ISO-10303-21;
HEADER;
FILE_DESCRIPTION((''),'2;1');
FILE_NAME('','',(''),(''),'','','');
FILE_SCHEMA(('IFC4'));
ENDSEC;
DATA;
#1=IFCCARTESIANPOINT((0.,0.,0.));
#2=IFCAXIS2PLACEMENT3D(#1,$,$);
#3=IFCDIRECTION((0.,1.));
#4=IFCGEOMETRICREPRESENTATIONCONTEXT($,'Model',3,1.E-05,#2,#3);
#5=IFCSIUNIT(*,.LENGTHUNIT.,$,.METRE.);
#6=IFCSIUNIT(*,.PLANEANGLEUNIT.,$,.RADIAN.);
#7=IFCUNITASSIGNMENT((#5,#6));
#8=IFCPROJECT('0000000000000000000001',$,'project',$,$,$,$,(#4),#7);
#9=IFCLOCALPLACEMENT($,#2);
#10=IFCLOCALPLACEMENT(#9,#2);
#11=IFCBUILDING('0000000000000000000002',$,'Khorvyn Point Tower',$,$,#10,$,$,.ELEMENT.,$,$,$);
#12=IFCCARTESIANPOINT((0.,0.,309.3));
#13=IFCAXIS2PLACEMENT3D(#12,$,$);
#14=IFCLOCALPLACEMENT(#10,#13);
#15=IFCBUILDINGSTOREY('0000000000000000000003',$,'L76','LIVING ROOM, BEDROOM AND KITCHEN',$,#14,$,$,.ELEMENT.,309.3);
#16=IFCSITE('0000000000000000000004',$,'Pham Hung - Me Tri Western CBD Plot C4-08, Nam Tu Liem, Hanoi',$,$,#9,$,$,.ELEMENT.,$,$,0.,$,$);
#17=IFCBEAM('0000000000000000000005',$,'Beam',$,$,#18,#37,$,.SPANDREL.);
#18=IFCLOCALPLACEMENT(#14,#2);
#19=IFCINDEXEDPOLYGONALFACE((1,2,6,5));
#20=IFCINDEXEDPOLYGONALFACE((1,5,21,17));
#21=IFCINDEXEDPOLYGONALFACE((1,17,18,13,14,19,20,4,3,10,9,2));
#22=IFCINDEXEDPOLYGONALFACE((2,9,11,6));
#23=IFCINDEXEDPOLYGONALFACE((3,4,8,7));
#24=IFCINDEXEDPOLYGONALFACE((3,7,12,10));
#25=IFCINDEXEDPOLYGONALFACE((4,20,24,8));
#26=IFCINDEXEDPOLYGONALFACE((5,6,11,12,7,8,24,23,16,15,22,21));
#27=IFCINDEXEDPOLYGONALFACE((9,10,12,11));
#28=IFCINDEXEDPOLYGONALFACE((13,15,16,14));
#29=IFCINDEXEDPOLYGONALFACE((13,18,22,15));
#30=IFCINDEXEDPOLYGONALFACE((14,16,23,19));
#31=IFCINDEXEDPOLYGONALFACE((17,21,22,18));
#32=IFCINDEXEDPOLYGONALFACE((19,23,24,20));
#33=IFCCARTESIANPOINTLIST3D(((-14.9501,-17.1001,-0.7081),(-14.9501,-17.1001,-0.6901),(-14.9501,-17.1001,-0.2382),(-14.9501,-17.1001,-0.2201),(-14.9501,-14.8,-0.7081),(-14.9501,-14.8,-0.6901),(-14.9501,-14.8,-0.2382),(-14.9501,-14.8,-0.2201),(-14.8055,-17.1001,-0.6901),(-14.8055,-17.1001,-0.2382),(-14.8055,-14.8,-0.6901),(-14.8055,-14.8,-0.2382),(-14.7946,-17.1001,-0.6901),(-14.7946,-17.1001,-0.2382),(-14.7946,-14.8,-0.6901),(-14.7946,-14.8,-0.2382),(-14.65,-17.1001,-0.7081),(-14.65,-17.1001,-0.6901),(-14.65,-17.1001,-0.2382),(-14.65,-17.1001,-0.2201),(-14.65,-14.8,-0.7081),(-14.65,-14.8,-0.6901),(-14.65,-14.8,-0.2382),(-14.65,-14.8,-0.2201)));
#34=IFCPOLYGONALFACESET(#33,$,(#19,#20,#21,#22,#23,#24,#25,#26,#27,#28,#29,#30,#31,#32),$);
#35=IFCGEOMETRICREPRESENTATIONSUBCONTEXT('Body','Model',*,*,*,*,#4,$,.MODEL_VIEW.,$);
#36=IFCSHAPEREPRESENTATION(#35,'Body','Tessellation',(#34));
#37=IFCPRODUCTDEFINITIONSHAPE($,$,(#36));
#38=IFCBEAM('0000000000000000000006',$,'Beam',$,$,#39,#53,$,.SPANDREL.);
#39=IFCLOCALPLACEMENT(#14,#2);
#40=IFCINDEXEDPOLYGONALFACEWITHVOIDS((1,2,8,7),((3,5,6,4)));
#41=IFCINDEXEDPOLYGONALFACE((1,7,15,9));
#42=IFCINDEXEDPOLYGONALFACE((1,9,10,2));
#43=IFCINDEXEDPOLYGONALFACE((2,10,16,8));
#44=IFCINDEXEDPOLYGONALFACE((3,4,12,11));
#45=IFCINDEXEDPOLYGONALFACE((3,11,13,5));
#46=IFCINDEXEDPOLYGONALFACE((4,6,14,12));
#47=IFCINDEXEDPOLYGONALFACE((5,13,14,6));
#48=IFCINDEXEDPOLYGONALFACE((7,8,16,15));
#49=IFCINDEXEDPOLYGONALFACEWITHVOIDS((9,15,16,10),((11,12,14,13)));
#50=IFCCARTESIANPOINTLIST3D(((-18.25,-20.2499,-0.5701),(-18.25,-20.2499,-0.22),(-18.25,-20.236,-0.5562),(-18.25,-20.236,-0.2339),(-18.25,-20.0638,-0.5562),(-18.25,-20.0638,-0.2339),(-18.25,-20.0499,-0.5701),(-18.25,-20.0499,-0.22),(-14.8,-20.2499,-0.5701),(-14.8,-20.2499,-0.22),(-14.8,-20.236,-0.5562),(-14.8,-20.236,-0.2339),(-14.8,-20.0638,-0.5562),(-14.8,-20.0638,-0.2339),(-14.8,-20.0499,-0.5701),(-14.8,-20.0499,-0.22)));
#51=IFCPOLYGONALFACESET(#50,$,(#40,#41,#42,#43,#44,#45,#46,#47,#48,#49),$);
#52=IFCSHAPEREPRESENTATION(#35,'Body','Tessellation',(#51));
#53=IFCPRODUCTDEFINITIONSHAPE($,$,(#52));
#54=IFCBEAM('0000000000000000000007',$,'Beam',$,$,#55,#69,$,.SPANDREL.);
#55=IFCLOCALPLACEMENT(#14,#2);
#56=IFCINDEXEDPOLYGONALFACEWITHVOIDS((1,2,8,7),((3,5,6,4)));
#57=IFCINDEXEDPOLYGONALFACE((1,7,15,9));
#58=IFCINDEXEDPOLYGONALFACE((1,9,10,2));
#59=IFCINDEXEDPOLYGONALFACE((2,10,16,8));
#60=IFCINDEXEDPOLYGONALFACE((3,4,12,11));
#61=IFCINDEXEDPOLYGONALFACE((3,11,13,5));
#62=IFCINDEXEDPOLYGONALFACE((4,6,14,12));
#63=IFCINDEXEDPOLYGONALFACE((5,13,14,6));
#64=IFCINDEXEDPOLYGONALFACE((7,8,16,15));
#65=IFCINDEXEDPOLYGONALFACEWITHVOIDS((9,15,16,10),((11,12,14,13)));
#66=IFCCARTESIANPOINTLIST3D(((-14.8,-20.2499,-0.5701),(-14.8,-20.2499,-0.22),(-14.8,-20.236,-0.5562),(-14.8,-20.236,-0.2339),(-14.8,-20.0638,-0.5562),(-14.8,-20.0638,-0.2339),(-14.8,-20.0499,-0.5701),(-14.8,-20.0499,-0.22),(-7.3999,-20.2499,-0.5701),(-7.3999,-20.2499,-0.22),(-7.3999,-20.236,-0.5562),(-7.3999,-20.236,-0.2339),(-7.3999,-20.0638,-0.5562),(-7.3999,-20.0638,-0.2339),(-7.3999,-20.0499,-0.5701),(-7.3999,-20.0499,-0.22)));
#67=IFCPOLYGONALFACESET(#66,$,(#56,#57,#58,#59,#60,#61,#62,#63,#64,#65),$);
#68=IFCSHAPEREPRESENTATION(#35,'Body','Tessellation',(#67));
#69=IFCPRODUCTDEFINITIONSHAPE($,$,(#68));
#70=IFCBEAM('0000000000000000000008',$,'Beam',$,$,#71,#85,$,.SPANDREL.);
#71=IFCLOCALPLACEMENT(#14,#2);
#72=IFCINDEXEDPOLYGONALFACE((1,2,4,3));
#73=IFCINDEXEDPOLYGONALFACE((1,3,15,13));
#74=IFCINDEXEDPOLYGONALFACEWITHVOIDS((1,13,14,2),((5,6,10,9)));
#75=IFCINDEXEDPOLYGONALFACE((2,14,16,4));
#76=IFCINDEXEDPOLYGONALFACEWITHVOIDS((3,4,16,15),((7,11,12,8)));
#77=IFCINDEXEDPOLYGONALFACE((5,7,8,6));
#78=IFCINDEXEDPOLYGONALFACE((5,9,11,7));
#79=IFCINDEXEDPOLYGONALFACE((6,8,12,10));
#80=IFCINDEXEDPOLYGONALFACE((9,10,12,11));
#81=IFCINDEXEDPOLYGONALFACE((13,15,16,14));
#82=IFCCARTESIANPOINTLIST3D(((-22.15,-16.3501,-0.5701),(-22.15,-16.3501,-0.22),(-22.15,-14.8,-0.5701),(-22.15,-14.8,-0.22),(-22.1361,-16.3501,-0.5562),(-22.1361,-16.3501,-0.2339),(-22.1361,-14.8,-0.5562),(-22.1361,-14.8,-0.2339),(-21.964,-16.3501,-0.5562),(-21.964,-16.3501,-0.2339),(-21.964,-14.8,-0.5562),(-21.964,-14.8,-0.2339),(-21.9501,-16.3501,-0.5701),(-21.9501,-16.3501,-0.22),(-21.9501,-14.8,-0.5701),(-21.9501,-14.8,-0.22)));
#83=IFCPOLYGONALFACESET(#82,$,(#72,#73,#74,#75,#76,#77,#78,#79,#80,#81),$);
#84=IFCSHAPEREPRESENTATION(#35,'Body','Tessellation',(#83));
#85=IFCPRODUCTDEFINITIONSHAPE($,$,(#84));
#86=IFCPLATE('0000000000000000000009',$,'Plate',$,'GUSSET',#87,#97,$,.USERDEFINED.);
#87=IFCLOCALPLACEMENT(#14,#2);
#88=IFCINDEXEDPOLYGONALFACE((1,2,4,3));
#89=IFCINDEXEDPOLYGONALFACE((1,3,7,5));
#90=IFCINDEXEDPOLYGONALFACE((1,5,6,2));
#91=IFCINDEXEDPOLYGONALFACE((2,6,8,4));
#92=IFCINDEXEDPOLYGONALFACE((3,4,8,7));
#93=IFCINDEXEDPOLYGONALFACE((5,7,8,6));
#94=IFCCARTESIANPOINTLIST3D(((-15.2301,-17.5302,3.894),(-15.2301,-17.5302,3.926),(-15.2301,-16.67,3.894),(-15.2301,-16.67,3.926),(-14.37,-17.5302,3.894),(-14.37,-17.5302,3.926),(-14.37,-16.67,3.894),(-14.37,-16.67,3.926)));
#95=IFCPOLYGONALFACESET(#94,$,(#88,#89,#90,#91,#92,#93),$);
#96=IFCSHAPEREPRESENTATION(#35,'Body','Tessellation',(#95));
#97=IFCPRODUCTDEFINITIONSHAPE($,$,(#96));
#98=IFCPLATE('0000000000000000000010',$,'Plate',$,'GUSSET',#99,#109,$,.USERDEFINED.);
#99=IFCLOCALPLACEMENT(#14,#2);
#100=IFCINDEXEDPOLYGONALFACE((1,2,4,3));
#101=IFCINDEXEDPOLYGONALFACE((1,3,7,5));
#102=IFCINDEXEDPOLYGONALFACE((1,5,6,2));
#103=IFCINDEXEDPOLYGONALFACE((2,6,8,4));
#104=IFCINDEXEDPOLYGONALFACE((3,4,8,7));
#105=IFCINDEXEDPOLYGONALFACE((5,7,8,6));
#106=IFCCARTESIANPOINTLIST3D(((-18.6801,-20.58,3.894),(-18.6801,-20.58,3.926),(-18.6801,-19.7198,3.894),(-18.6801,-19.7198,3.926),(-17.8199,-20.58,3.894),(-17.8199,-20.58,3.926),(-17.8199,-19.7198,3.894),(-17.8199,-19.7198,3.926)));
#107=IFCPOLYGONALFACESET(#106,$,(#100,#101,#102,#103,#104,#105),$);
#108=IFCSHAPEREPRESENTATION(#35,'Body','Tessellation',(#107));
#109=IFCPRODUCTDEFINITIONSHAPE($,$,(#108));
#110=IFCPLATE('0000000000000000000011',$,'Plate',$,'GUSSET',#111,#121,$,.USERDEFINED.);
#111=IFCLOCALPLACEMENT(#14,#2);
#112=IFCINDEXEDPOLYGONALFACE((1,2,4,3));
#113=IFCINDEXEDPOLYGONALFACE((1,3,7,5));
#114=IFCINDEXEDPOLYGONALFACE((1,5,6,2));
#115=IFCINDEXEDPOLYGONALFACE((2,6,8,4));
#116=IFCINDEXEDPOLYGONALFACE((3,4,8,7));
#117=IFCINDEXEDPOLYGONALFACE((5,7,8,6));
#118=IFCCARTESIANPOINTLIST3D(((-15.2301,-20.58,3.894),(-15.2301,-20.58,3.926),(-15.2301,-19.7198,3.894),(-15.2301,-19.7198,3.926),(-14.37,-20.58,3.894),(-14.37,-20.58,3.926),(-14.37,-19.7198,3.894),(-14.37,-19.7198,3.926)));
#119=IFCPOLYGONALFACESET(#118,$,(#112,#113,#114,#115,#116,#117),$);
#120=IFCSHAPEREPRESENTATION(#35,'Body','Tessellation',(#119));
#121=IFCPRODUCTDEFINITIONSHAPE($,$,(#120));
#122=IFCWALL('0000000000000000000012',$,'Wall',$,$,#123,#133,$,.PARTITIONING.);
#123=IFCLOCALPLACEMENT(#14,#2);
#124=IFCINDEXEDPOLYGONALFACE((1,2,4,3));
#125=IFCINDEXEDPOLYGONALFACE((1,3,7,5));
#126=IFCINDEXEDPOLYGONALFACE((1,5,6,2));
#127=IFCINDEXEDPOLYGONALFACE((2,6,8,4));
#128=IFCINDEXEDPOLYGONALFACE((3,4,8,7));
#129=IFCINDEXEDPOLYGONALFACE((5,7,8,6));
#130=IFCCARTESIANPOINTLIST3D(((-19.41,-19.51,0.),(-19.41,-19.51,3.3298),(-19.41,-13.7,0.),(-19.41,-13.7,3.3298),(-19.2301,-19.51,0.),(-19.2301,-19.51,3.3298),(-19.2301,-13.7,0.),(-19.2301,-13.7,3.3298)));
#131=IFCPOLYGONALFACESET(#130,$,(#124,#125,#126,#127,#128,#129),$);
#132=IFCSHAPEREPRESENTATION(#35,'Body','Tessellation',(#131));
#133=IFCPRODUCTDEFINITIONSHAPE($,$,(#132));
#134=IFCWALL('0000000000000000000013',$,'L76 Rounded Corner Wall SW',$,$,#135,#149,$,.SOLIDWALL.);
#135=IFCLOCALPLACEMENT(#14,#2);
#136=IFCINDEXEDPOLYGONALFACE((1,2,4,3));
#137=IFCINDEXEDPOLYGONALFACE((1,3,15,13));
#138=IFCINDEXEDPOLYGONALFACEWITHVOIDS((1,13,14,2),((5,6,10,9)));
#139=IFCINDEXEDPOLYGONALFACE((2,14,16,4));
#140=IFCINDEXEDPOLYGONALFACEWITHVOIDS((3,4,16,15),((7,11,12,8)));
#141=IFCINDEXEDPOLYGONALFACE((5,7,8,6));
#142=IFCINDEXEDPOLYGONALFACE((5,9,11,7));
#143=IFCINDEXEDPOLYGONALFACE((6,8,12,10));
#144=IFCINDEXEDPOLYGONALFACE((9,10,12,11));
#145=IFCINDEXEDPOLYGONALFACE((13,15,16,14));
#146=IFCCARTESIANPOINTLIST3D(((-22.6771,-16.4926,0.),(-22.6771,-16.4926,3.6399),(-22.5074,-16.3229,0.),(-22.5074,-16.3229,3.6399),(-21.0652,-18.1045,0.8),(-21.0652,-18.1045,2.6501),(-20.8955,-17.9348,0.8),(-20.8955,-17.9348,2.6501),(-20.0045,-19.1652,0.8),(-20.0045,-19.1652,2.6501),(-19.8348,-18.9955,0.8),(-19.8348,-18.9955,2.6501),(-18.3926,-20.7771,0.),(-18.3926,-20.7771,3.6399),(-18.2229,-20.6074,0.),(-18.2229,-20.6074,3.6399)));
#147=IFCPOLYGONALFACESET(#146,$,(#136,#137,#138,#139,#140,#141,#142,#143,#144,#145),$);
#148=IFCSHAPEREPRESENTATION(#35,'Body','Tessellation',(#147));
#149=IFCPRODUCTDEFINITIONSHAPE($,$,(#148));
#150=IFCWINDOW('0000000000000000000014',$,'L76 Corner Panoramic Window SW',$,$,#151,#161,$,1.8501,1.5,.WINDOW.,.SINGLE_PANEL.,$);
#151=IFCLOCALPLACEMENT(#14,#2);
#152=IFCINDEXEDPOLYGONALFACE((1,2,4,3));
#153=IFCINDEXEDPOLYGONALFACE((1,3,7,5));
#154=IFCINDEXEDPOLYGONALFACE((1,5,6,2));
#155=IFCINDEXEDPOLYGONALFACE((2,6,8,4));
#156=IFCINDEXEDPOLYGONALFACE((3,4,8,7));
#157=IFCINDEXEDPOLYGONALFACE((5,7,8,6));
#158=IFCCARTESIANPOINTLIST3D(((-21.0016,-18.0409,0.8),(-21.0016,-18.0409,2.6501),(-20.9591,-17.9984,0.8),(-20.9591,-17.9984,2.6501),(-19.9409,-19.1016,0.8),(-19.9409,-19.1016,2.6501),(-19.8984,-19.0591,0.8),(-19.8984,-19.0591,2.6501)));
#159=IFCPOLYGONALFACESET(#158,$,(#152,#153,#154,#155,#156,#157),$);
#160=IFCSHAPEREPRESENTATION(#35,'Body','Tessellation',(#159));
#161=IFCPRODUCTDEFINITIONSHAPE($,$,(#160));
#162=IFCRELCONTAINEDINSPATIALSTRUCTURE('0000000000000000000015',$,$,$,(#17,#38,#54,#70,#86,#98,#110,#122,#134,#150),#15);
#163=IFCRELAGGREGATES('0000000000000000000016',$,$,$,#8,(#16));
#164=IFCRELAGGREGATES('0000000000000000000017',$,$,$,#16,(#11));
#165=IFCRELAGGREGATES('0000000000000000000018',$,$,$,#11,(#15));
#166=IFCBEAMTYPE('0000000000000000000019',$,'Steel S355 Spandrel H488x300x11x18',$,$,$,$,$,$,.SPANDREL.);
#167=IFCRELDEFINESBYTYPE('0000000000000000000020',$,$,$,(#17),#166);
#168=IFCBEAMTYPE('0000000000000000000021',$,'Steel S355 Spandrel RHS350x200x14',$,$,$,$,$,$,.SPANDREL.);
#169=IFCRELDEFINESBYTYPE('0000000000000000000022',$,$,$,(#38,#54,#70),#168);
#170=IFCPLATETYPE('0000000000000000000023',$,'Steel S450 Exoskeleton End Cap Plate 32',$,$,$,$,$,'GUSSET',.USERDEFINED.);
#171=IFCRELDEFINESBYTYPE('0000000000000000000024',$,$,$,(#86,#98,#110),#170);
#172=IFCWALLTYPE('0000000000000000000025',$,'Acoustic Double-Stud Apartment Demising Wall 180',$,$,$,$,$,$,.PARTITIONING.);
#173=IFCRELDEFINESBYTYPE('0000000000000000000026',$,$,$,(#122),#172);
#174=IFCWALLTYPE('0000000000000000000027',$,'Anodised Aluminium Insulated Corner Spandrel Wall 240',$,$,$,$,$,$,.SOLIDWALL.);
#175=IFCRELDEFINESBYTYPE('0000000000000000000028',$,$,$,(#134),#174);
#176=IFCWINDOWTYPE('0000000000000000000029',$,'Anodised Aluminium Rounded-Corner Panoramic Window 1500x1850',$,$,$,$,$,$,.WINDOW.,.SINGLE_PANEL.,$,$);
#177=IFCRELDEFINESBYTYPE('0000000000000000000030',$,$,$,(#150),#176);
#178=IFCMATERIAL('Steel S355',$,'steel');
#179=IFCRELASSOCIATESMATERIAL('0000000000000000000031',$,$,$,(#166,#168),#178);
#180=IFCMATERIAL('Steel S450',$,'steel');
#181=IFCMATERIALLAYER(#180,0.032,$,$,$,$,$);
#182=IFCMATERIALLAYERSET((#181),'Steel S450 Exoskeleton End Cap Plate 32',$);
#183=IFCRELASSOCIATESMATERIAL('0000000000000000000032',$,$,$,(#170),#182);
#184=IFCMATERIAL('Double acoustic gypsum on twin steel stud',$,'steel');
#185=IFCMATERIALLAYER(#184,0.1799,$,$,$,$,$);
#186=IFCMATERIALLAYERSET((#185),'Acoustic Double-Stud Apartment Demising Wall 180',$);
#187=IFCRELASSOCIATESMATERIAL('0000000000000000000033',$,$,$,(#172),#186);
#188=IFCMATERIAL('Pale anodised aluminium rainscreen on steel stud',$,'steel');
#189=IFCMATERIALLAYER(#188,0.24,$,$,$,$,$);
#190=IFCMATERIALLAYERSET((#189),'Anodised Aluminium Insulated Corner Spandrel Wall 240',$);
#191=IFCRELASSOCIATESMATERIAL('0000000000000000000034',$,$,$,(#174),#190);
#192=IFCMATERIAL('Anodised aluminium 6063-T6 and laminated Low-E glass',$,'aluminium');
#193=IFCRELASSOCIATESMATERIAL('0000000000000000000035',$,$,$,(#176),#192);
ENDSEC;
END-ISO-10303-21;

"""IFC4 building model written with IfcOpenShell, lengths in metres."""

from ifc_helpers import new_model, si_unit, direction, frame, frame_2d, origin, origin_2d, place, context, subcontext, project, spatial, rectangle, hollow_rectangle, i_section, extrude, material, layer, layer_set, material_profile, profile_set, type_object, element, fill, save


model = new_model("IFC4")

# Units and contexts
model_context = context("Model", 3, precision=1e-05, world=origin(), true_north=direction((0.0, 1.0)))
body_context = subcontext(model_context, "Body", "Model", "MODEL_VIEW")
ifc_project = project(units=[si_unit("LENGTHUNIT", "METRE"), si_unit("PLANEANGLEUNIT", "RADIAN")], contexts=[model_context])

# Site, building, storey
site_placement = place(None, origin())
site = spatial("IfcSite", under=ifc_project, at=site_placement, Name="Pham Hung - Me Tri Western CBD Plot C4-08, Nam Tu Liem, Hanoi", CompositionType="ELEMENT", RefElevation=0.0)
building_placement = place(site_placement, origin())
building = spatial("IfcBuilding", under=site, at=building_placement, Name="Khorvyn Point Tower", CompositionType="ELEMENT")
storey_placement = place(building_placement, frame((0.0, 0.0, 309.3)))
storey = spatial("IfcBuildingStorey", under=building, at=storey_placement, Name="L76", Description="LIVING ROOM, BEDROOM AND KITCHEN", CompositionType="ELEMENT", Elevation=309.3)

# Shared definitions
ifc_material_1 = material(Name="Steel S355", Category="steel")
ifc_material_2 = material(Name="Steel S450", Category="steel")

# Shared definitions
ifc_material_3 = material(Name="Anodised aluminium 6063-T6 and laminated Low-E glass", Category="aluminium")

# Beams
ifc_material_profile_1 = material_profile(ifc_material_1, i_section(OverallWidth=0.3, OverallDepth=0.488, WebThickness=0.011, FlangeThickness=0.0181, at=origin_2d()))
ifc_profile_set_1 = profile_set([ifc_material_profile_1], Name="Steel S355 H488x300x11x18")
beam_type_1 = type_object("IfcBeamType", Name="Steel S355 Spandrel H488x300x11x18", PredefinedType="SPANDREL", material=ifc_profile_set_1)
beam_1_placement = place(storey_placement, frame((-14.8, -17.1001, -0.4641), z_axis=(0.0, 1.0, 0.0), x_axis=(-1.0, 0.0, 0.0)))
element("IfcBeam", 1, at=beam_1_placement, inside=storey, type_object=beam_type_1, Name="Beam", PredefinedType="SPANDREL", context=body_context, shape_type="SweptSolid", body=[
    extrude(i_section(OverallWidth=0.3, OverallDepth=0.488, WebThickness=0.011, FlangeThickness=0.0181, at=origin_2d()), origin(), (0.0, 0.0, 1.0), 2.3),
])
ifc_material_profile_2 = material_profile(ifc_material_1, hollow_rectangle(XDim=0.2, YDim=0.3501, WallThickness=0.0139, at=origin_2d()))
ifc_profile_set_2 = profile_set([ifc_material_profile_2], Name="Steel S355 RHS350x200x14")
beam_type_2 = type_object("IfcBeamType", Name="Steel S355 Spandrel RHS350x200x14", PredefinedType="SPANDREL", material=ifc_profile_set_2)
beam_2_placement = place(storey_placement, frame((-18.25, -20.1499, -0.395), z_axis=(1.0, 0.0, 0.0), x_axis=(0.0, 1.0, 0.0)))
element("IfcBeam", 2, at=beam_2_placement, inside=storey, type_object=beam_type_2, Name="Beam", PredefinedType="SPANDREL", context=body_context, shape_type="SweptSolid", body=[
    extrude(hollow_rectangle(XDim=0.2, YDim=0.3501, WallThickness=0.0139, at=origin_2d()), origin(), (0.0, 0.0, 1.0), 3.45),
])
beam_3_placement = place(storey_placement, frame((-14.8, -20.1499, -0.395), z_axis=(1.0, 0.0, 0.0), x_axis=(0.0, 1.0, 0.0)))
element("IfcBeam", 3, at=beam_3_placement, inside=storey, type_object=beam_type_2, Name="Beam", PredefinedType="SPANDREL", context=body_context, shape_type="SweptSolid", body=[
    extrude(hollow_rectangle(XDim=0.2, YDim=0.3501, WallThickness=0.0139, at=origin_2d()), origin(), (0.0, 0.0, 1.0), 7.4001),
])
beam_4_placement = place(storey_placement, frame((-22.05, -16.3501, -0.395), z_axis=(0.0, 1.0, 0.0), x_axis=(-1.0, 0.0, 0.0)))
element("IfcBeam", 4, at=beam_4_placement, inside=storey, type_object=beam_type_2, Name="Beam", PredefinedType="SPANDREL", context=body_context, shape_type="SweptSolid", body=[
    extrude(hollow_rectangle(XDim=0.2, YDim=0.3501, WallThickness=0.0139, at=origin_2d()), origin(), (0.0, 0.0, 1.0), 1.55),
])

# Plates
ifc_layer_1 = layer(ifc_material_2, 0.032)
ifc_layer_set_1 = layer_set([ifc_layer_1], Name="Steel S450 Exoskeleton End Cap Plate 32")
plate_type = type_object("IfcPlateType", Name="Steel S450 Exoskeleton End Cap Plate 32", ElementType="GUSSET", PredefinedType="USERDEFINED", material=ifc_layer_set_1)
for number, where, z_axis, x_axis, name in (
    (5, (-14.8, -17.1001, 3.894), (0.0, 0.0, 1.0), (1.0, 0.0, 0.0), "Plate"),
    (6, (-18.25, -20.1499, 3.894), (0.0, 0.0, 1.0), (1.0, 0.0, 0.0), "Plate"),
    (7, (-14.8, -20.1499, 3.894), (0.0, 0.0, 1.0), (1.0, 0.0, 0.0), "Plate"),
):
    element("IfcPlate", number, at=place(storey_placement, frame(where, z_axis=z_axis, x_axis=x_axis)), inside=storey, type_object=plate_type, Name=name, ObjectType="GUSSET", PredefinedType="USERDEFINED", context=body_context, shape_type="SweptSolid", body=[
        extrude(rectangle(XDim=0.8601, YDim=0.8601, at=origin_2d()), origin(), (0.0, 0.0, 1.0), 0.032),
    ])

# Wall
ifc_material_4 = material(Name="Double acoustic gypsum on twin steel stud", Category="steel")
ifc_layer_2 = layer(ifc_material_4, 0.1799)
ifc_layer_set_2 = layer_set([ifc_layer_2], Name="Acoustic Double-Stud Apartment Demising Wall 180")
wall_type_1 = type_object("IfcWallType", Name="Acoustic Double-Stud Apartment Demising Wall 180", PredefinedType="PARTITIONING", material=ifc_layer_set_2)
wall_1_placement = place(storey_placement, frame((-19.3201, -19.51, 0.0), z_axis=(0.0, 0.0, 1.0), x_axis=(0.0, 1.0, 0.0)))
element("IfcWall", 8, at=wall_1_placement, inside=storey, type_object=wall_type_1, Name="Wall", PredefinedType="PARTITIONING", context=body_context, shape_type="SweptSolid", body=[
    extrude(rectangle(XDim=5.8101, YDim=0.1799, at=frame_2d((2.905, 0.0))), origin(), (0.0, 0.0, 1.0), 3.3298),
])

# Wall, opening, window
ifc_material_5 = material(Name="Pale anodised aluminium rainscreen on steel stud", Category="steel")
ifc_layer_3 = layer(ifc_material_5, 0.24)
ifc_layer_set_3 = layer_set([ifc_layer_3], Name="Anodised Aluminium Insulated Corner Spandrel Wall 240")
wall_type_2 = type_object("IfcWallType", Name="Anodised Aluminium Insulated Corner Spandrel Wall 240", PredefinedType="SOLIDWALL", material=ifc_layer_set_3)
wall_2_placement = place(storey_placement, frame((-18.3076, -20.6924, 0.0), z_axis=(0.0, 0.0, 1.0), x_axis=(-0.707107, 0.707107, 0.0)))
wall_2 = element("IfcWall", 9, at=wall_2_placement, inside=storey, type_object=wall_type_2, Name="L76 Rounded Corner Wall SW", PredefinedType="SOLIDWALL", context=body_context, shape_type="SweptSolid", body=[
    extrude(rectangle(XDim=6.0593, YDim=0.24, at=frame_2d((3.0298, 0.0))), origin(), (0.0, 0.0, 1.0), 3.6399),
])
opening_placement = place(wall_2_placement, frame((2.2798, 0.0, 0.8)))
opening = element("IfcOpeningElement", 10, at=opening_placement, cuts=wall_2, PredefinedType="OPENING", context=body_context, shape_type="SweptSolid", body=[
    extrude(rectangle(XDim=1.5, YDim=1.8501, at=frame_2d((0.75, 0.925))), frame((0.0, 0.1299, 0.0), z_axis=(0.0, -1.0, 0.0), x_axis=(1.0, 0.0, 0.0)), (0.0, 0.0, 1.0), 0.26),
])
window_type = type_object("IfcWindowType", Name="Anodised Aluminium Rounded-Corner Panoramic Window 1500x1850", PartitioningType="SINGLE_PANEL", PredefinedType="WINDOW", material=ifc_material_3)
window_placement = place(opening_placement, origin())
window = element("IfcWindow", 11, at=window_placement, inside=storey, type_object=window_type, Name="L76 Corner Panoramic Window SW", OverallHeight=1.8501, OverallWidth=1.5, PartitioningType="SINGLE_PANEL", PredefinedType="WINDOW", context=body_context, shape_type="SweptSolid", body=[
    extrude(rectangle(XDim=1.5, YDim=1.8501, at=frame_2d((0.75, 0.925))), frame((0.0, 0.03, 0.0), z_axis=(0.0, -1.0, 0.0), x_axis=(1.0, 0.0, 0.0)), (0.0, 0.0, 1.0), 0.0601),
])
fill(opening, window)

save(model, "model.ifc")
